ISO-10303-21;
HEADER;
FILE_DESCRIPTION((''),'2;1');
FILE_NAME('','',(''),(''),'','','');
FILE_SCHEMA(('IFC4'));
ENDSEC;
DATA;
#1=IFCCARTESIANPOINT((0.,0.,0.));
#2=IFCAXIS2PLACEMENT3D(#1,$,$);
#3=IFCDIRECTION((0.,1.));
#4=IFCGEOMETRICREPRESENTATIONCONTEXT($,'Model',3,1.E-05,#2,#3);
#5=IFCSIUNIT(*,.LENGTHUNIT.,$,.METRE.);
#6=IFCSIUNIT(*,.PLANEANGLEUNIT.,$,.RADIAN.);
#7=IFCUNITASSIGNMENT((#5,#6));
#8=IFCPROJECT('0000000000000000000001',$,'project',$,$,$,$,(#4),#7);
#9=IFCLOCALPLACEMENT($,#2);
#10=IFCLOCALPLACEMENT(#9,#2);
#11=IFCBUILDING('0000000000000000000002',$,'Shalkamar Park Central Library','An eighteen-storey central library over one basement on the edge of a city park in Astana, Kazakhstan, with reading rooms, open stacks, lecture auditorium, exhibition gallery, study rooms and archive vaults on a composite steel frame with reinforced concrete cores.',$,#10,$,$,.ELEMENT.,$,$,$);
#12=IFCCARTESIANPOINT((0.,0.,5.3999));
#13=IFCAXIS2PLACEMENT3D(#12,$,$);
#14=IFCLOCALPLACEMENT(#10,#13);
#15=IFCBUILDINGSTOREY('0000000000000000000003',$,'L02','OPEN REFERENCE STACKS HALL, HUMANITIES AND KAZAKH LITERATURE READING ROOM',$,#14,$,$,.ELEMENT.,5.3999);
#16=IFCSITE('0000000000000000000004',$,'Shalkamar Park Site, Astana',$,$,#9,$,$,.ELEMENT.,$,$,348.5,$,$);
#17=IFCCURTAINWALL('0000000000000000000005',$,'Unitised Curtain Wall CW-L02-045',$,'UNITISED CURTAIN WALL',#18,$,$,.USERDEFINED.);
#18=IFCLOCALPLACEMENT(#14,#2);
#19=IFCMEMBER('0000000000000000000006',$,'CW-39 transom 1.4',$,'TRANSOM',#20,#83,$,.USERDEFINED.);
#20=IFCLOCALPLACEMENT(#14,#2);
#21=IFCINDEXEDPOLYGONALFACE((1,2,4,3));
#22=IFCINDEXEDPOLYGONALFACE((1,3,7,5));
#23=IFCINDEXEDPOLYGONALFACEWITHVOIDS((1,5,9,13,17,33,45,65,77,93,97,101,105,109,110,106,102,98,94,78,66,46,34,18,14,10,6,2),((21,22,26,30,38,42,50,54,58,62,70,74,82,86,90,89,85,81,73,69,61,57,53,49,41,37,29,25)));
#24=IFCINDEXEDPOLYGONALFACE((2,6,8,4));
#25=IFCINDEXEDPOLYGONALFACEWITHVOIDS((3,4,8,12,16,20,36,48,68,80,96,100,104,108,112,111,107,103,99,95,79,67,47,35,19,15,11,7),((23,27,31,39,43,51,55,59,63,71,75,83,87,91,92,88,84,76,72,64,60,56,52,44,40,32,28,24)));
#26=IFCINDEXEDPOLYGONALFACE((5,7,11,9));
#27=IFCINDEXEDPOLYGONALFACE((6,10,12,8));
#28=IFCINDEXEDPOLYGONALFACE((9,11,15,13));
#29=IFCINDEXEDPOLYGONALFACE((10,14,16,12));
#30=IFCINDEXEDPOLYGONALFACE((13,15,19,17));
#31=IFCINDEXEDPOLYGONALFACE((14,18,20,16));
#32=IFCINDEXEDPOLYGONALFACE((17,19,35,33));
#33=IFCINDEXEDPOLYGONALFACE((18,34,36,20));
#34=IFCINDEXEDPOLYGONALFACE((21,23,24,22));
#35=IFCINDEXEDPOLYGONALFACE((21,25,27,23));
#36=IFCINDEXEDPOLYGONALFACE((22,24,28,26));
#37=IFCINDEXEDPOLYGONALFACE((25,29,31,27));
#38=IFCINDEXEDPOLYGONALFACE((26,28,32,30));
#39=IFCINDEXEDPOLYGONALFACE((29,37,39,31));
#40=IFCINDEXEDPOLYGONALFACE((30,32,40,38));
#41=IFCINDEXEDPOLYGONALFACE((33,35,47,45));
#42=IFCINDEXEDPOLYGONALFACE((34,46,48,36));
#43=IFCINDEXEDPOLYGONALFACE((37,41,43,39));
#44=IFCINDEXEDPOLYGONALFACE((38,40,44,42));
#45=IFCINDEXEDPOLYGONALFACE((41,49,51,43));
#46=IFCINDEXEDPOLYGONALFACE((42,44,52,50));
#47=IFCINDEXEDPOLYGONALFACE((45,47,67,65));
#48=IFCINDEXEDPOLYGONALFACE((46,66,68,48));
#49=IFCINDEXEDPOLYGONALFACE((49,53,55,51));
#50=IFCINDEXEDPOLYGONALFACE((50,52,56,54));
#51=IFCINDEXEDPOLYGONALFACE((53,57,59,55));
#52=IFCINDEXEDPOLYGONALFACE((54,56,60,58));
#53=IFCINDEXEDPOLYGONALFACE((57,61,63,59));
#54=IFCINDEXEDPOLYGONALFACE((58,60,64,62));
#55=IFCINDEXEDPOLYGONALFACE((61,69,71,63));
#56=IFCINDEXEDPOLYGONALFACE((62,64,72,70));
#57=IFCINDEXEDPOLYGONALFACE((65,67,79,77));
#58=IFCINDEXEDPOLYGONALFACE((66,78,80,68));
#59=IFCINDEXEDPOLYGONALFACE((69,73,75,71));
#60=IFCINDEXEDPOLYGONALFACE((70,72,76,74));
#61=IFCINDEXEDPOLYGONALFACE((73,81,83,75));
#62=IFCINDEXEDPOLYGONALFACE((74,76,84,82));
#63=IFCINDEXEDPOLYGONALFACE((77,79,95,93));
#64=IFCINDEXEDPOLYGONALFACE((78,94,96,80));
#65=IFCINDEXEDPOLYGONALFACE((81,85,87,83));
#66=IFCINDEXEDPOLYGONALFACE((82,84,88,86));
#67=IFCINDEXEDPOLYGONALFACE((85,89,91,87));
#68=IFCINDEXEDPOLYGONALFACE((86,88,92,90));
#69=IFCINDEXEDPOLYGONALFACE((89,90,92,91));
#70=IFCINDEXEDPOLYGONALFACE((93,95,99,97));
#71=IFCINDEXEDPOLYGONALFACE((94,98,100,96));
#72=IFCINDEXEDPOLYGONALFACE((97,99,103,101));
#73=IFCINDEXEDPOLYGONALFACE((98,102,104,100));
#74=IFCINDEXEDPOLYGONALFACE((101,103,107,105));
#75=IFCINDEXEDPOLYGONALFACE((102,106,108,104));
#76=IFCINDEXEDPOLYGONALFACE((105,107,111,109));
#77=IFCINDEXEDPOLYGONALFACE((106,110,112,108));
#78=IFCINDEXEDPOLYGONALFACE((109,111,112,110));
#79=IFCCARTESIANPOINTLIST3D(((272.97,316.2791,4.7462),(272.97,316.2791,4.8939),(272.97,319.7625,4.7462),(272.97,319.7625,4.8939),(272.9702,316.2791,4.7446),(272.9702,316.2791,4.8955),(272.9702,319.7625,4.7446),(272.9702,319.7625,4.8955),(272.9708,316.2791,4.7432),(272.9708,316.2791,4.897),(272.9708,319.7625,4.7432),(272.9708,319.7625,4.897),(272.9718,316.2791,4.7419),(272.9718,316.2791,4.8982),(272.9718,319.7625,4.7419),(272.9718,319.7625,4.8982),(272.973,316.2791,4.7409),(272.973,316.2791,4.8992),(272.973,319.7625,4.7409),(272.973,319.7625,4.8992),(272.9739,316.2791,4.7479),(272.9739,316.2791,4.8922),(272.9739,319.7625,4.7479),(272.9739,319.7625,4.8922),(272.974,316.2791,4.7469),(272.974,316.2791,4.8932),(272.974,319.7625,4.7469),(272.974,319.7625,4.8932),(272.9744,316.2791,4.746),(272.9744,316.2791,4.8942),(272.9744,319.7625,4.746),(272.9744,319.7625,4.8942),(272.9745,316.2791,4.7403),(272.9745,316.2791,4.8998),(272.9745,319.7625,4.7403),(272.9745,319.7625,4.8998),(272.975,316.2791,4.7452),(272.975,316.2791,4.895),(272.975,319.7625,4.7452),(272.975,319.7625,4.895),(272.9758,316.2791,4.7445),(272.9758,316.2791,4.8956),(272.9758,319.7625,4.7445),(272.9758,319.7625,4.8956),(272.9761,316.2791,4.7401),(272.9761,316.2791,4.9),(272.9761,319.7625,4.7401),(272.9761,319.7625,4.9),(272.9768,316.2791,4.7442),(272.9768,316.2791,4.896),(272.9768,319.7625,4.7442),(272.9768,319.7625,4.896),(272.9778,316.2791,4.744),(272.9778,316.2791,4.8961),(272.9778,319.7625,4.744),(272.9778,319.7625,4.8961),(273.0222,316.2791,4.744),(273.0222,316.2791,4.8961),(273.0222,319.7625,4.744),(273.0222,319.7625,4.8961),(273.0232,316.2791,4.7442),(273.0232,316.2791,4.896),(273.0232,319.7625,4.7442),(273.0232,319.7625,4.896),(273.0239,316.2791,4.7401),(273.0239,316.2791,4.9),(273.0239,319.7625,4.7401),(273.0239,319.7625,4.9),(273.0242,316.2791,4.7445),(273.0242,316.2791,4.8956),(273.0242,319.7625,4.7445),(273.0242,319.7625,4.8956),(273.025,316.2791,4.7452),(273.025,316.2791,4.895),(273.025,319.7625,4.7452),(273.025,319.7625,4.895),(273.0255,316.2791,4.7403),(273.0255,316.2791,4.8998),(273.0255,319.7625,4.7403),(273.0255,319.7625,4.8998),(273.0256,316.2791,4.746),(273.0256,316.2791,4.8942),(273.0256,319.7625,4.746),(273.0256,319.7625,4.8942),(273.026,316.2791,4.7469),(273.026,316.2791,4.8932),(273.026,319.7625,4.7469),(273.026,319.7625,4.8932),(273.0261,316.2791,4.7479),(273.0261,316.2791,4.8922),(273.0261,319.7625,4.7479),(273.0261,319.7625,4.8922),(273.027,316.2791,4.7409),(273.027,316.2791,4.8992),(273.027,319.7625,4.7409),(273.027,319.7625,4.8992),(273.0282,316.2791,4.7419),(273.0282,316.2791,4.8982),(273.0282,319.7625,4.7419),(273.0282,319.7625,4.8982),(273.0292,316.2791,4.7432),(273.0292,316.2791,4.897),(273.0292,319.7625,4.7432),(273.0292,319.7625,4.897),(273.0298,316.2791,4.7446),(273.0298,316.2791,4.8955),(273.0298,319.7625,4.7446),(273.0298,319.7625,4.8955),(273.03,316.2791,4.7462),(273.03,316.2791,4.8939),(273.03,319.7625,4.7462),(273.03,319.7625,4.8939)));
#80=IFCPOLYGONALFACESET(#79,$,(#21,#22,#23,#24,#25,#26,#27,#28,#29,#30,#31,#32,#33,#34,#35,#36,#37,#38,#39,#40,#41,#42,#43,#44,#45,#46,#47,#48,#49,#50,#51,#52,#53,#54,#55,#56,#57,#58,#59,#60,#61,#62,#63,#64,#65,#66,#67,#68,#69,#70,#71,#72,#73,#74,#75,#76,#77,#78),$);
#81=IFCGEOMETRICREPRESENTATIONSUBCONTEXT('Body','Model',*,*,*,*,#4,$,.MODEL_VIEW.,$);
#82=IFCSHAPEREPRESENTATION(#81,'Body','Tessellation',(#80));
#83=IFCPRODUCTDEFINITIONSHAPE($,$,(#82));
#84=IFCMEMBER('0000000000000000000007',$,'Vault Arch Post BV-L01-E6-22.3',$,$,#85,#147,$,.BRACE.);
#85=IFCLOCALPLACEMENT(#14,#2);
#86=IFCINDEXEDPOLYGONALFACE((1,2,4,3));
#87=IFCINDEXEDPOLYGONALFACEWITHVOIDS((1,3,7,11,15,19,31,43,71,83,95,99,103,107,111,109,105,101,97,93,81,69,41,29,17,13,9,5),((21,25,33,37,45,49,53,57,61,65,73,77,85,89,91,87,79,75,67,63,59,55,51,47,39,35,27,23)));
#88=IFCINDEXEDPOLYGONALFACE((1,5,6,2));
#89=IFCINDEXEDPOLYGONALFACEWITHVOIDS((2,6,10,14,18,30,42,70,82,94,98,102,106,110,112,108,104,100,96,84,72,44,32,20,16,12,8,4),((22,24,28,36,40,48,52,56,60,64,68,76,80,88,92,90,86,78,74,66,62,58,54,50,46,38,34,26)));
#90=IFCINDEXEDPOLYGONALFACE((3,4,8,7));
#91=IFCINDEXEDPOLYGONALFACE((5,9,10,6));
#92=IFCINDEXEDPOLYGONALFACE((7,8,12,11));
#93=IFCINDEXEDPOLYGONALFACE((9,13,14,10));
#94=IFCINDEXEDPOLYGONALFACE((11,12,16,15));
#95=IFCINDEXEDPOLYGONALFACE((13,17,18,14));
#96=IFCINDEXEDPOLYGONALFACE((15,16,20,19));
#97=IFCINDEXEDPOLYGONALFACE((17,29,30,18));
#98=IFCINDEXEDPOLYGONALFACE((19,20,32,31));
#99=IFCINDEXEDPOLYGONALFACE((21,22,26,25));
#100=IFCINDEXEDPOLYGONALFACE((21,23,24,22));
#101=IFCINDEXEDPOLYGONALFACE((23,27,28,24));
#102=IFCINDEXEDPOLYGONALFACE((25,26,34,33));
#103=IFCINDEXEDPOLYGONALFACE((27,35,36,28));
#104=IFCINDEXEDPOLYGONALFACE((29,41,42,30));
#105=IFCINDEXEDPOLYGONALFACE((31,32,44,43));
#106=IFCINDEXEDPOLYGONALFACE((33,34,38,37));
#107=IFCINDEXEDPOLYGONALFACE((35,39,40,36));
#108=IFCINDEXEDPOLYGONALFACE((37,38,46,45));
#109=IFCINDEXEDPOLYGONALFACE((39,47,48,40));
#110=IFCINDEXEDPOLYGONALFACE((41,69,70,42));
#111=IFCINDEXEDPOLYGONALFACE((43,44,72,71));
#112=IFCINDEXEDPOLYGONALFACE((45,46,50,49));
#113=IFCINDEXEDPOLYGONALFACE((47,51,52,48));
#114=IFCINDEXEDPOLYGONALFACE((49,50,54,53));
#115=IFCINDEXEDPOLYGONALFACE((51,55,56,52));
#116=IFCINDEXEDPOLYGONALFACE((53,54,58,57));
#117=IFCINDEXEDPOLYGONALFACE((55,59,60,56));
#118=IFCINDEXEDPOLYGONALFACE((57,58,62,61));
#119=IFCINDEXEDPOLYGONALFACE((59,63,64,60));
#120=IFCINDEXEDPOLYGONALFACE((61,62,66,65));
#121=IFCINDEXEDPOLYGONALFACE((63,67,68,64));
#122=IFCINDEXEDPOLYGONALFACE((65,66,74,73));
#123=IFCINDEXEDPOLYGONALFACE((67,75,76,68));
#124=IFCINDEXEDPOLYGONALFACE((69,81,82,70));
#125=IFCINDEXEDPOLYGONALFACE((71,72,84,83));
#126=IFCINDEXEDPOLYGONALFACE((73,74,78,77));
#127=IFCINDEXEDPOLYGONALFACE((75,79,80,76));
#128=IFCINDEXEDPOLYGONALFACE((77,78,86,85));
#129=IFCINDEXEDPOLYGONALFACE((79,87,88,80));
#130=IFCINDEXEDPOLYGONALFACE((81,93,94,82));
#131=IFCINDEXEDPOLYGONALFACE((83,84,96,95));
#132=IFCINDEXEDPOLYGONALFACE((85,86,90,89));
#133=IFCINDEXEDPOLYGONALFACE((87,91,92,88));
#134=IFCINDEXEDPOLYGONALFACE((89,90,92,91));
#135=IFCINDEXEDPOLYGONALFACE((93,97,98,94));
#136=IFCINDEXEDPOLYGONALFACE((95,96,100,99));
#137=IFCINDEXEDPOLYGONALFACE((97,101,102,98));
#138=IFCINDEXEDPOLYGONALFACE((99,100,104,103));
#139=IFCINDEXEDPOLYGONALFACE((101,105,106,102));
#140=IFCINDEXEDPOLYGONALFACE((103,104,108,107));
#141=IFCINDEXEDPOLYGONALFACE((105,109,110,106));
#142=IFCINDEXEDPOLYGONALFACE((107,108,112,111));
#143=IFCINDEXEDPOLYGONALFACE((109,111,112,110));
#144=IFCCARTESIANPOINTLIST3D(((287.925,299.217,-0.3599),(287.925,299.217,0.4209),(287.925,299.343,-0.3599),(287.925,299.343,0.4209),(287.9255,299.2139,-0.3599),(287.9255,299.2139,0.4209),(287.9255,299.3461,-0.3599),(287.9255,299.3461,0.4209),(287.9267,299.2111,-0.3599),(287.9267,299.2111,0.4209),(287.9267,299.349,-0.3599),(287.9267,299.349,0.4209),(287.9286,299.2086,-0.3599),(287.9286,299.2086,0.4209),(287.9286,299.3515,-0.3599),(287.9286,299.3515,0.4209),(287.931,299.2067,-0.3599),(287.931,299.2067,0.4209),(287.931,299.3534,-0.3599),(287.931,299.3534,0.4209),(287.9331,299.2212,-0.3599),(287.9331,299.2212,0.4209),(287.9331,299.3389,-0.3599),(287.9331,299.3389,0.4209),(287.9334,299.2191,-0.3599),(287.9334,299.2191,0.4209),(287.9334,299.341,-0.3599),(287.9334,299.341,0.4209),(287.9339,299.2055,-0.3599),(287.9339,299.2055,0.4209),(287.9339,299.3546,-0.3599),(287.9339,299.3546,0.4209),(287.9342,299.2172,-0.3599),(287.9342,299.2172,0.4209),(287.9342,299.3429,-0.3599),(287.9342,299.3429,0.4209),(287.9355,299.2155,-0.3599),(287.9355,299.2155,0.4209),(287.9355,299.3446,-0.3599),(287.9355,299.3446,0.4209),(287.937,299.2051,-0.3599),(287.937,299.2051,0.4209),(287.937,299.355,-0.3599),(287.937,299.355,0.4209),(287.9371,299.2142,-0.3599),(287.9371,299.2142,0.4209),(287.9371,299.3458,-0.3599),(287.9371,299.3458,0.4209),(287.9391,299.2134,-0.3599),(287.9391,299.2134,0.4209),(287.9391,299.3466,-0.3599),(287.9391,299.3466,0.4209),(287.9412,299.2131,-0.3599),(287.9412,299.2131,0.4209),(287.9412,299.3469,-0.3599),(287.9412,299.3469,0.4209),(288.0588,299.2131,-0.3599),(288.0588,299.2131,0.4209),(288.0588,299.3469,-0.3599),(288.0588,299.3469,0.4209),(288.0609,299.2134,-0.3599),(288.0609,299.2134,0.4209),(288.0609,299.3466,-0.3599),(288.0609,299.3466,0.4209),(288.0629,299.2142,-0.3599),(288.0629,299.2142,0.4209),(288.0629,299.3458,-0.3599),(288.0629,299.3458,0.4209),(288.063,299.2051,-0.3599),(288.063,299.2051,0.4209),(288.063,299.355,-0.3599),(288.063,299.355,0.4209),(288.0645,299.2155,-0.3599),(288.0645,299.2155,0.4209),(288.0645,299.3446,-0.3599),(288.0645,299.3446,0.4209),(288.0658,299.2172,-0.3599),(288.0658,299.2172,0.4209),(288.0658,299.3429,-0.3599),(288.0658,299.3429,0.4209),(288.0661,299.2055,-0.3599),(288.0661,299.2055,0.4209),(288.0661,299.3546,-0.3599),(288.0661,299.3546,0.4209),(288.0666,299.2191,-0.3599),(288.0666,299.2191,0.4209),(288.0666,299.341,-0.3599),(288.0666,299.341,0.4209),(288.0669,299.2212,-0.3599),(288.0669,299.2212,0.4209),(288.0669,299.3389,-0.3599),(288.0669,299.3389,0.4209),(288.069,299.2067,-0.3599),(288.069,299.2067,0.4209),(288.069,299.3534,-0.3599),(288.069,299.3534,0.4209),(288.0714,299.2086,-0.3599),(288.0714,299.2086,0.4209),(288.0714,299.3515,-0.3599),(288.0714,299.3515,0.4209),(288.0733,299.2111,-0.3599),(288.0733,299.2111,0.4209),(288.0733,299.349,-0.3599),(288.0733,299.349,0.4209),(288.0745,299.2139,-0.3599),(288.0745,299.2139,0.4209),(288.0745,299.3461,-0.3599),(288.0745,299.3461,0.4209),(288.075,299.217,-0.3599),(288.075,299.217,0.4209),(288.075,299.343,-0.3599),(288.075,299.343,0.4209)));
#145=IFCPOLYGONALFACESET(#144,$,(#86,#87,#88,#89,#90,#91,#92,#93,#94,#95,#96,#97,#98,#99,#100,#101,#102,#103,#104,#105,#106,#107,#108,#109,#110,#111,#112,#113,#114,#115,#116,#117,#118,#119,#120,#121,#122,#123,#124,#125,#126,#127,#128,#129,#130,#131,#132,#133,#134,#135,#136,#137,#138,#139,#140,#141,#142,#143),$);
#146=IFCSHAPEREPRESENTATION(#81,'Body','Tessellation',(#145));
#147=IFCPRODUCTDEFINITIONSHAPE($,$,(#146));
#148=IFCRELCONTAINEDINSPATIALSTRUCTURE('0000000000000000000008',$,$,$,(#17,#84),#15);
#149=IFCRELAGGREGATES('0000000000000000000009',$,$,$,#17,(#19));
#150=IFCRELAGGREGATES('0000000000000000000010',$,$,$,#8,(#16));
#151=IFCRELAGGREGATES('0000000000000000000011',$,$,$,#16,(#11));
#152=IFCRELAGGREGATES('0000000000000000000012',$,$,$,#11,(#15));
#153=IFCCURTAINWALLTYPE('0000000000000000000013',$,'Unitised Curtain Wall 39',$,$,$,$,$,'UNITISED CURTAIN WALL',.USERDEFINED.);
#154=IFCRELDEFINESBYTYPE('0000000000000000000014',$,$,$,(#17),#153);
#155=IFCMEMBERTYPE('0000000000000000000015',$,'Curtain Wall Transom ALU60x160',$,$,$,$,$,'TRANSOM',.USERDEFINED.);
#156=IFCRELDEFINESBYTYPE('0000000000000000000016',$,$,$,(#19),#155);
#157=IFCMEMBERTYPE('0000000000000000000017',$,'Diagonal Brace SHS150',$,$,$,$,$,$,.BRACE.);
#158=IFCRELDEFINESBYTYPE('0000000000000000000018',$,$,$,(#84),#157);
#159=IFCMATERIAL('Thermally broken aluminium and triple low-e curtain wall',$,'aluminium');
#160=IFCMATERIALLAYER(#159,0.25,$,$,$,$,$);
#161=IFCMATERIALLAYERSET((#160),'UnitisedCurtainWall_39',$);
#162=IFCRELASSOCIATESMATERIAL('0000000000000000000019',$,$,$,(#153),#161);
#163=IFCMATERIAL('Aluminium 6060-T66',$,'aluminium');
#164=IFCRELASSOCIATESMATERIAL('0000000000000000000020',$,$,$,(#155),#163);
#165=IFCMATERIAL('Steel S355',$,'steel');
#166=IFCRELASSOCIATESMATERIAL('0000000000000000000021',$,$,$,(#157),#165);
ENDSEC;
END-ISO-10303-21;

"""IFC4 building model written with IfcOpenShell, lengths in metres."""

from ifc_helpers import new_model, si_unit, direction, frame, origin, origin_2d, place, context, subcontext, project, spatial, hollow_rectangle, extrude, material, layer, layer_set, material_profile, profile_set, type_object, element, aggregate, save


model = new_model("IFC4")

# Units and contexts
model_context = context("Model", 3, precision=1e-05, world=origin(), true_north=direction((0.0, 1.0)))
body_context = subcontext(model_context, "Body", "Model", "MODEL_VIEW")
ifc_project = project(units=[si_unit("LENGTHUNIT", "METRE"), si_unit("PLANEANGLEUNIT", "RADIAN")], contexts=[model_context])

# Site, building, storey
site_placement = place(None, origin())
site = spatial("IfcSite", under=ifc_project, at=site_placement, Name="Shalkamar Park Site, Astana", CompositionType="ELEMENT", RefElevation=348.5)
building_placement = place(site_placement, origin())
building = spatial("IfcBuilding", under=site, at=building_placement, Name="Shalkamar Park Central Library", Description="An eighteen-storey central library over one basement on the edge of a city park in Astana, Kazakhstan, with reading rooms, open stacks, lecture auditorium, exhibition gallery, study rooms and archive vaults on a composite steel frame with reinforced concrete cores.", CompositionType="ELEMENT")
storey_placement = place(building_placement, frame((0.0, 0.0, 5.3999)))
storey = spatial("IfcBuildingStorey", under=building, at=storey_placement, Name="L02", Description="OPEN REFERENCE STACKS HALL, HUMANITIES AND KAZAKH LITERATURE READING ROOM", CompositionType="ELEMENT", Elevation=5.3999)

# Shared definitions
ifc_material_1 = material(Name="Steel S355", Category="steel")

# Curtain wall, member
ifc_material_2 = material(Name="Thermally broken aluminium and triple low-e curtain wall", Category="aluminium")
ifc_layer_1 = layer(ifc_material_2, 0.25)
ifc_layer_set_1 = layer_set([ifc_layer_1], Name="UnitisedCurtainWall_39")
curtain_wall_type = type_object("IfcCurtainWallType", Name="Unitised Curtain Wall 39", ElementType="UNITISED CURTAIN WALL", PredefinedType="USERDEFINED", material=ifc_layer_set_1)
curtain_wall_placement = place(storey_placement, origin())
curtain_wall = element("IfcCurtainWall", 1, at=curtain_wall_placement, inside=storey, type_object=curtain_wall_type, Name="Unitised Curtain Wall CW-L02-045", ObjectType="UNITISED CURTAIN WALL", PredefinedType="USERDEFINED")
ifc_material_3 = material(Name="Aluminium 6060-T66", Category="aluminium")
ifc_material_profile_1 = material_profile(ifc_material_3, hollow_rectangle(XDim=0.0601, YDim=0.1599, WallThickness=0.0039, InnerFilletRadius=0.0039, OuterFilletRadius=0.0061, at=origin_2d()), Name="ALU 60x160x4")
ifc_profile_set_1 = profile_set([ifc_material_profile_1], Name="Aluminium 6060-T66")
member_type_1 = type_object("IfcMemberType", Name="Curtain Wall Transom ALU60x160", ElementType="TRANSOM", PredefinedType="USERDEFINED", material=ifc_profile_set_1)
member_1_placement = place(storey_placement, frame((273.0, 316.2791, 4.8201), z_axis=(0.0, 1.0, 0.0), x_axis=(-1.0, 0.0, 0.0)))
member_1 = element("IfcMember", 2, at=member_1_placement, type_object=member_type_1, Name="CW-39 transom 1.4", ObjectType="TRANSOM", PredefinedType="USERDEFINED", context=body_context, shape_type="SweptSolid", body=[
    extrude(hollow_rectangle(XDim=0.0601, YDim=0.1599, WallThickness=0.0039, InnerFilletRadius=0.0039, OuterFilletRadius=0.0061, at=origin_2d()), origin(), (0.0, 0.0, 1.0), 3.4834),
])

# Member
ifc_material_profile_2 = material_profile(ifc_material_1, hollow_rectangle(XDim=0.1499, YDim=0.1499, WallThickness=0.0081, InnerFilletRadius=0.0081, OuterFilletRadius=0.012, at=origin_2d()), Name="SHS 150x150x8")
ifc_profile_set_2 = profile_set([ifc_material_profile_2], Name="Steel S355")
member_type_2 = type_object("IfcMemberType", Name="Diagonal Brace SHS150", PredefinedType="BRACE", material=ifc_profile_set_2)
for number, where, z_axis, x_axis, name in (
    (3, (288.0, 299.28, -0.3599), (0.0, 0.0, 1.0), (1.0, 0.0, 0.0), "Vault Arch Post BV-L01-E6-22.3"),
):
    element("IfcMember", number, at=place(storey_placement, frame(where, z_axis=z_axis, x_axis=x_axis)), inside=storey, type_object=member_type_2, Name=name, PredefinedType="BRACE", context=body_context, shape_type="SweptSolid", body=[
        extrude(hollow_rectangle(XDim=0.1499, YDim=0.1499, WallThickness=0.0081, InnerFilletRadius=0.0081, OuterFilletRadius=0.012, at=origin_2d()), origin(), (0.0, 0.0, 1.0), 0.7808),
    ])

aggregate(curtain_wall, [member_1])

save(model, "model.ifc")
